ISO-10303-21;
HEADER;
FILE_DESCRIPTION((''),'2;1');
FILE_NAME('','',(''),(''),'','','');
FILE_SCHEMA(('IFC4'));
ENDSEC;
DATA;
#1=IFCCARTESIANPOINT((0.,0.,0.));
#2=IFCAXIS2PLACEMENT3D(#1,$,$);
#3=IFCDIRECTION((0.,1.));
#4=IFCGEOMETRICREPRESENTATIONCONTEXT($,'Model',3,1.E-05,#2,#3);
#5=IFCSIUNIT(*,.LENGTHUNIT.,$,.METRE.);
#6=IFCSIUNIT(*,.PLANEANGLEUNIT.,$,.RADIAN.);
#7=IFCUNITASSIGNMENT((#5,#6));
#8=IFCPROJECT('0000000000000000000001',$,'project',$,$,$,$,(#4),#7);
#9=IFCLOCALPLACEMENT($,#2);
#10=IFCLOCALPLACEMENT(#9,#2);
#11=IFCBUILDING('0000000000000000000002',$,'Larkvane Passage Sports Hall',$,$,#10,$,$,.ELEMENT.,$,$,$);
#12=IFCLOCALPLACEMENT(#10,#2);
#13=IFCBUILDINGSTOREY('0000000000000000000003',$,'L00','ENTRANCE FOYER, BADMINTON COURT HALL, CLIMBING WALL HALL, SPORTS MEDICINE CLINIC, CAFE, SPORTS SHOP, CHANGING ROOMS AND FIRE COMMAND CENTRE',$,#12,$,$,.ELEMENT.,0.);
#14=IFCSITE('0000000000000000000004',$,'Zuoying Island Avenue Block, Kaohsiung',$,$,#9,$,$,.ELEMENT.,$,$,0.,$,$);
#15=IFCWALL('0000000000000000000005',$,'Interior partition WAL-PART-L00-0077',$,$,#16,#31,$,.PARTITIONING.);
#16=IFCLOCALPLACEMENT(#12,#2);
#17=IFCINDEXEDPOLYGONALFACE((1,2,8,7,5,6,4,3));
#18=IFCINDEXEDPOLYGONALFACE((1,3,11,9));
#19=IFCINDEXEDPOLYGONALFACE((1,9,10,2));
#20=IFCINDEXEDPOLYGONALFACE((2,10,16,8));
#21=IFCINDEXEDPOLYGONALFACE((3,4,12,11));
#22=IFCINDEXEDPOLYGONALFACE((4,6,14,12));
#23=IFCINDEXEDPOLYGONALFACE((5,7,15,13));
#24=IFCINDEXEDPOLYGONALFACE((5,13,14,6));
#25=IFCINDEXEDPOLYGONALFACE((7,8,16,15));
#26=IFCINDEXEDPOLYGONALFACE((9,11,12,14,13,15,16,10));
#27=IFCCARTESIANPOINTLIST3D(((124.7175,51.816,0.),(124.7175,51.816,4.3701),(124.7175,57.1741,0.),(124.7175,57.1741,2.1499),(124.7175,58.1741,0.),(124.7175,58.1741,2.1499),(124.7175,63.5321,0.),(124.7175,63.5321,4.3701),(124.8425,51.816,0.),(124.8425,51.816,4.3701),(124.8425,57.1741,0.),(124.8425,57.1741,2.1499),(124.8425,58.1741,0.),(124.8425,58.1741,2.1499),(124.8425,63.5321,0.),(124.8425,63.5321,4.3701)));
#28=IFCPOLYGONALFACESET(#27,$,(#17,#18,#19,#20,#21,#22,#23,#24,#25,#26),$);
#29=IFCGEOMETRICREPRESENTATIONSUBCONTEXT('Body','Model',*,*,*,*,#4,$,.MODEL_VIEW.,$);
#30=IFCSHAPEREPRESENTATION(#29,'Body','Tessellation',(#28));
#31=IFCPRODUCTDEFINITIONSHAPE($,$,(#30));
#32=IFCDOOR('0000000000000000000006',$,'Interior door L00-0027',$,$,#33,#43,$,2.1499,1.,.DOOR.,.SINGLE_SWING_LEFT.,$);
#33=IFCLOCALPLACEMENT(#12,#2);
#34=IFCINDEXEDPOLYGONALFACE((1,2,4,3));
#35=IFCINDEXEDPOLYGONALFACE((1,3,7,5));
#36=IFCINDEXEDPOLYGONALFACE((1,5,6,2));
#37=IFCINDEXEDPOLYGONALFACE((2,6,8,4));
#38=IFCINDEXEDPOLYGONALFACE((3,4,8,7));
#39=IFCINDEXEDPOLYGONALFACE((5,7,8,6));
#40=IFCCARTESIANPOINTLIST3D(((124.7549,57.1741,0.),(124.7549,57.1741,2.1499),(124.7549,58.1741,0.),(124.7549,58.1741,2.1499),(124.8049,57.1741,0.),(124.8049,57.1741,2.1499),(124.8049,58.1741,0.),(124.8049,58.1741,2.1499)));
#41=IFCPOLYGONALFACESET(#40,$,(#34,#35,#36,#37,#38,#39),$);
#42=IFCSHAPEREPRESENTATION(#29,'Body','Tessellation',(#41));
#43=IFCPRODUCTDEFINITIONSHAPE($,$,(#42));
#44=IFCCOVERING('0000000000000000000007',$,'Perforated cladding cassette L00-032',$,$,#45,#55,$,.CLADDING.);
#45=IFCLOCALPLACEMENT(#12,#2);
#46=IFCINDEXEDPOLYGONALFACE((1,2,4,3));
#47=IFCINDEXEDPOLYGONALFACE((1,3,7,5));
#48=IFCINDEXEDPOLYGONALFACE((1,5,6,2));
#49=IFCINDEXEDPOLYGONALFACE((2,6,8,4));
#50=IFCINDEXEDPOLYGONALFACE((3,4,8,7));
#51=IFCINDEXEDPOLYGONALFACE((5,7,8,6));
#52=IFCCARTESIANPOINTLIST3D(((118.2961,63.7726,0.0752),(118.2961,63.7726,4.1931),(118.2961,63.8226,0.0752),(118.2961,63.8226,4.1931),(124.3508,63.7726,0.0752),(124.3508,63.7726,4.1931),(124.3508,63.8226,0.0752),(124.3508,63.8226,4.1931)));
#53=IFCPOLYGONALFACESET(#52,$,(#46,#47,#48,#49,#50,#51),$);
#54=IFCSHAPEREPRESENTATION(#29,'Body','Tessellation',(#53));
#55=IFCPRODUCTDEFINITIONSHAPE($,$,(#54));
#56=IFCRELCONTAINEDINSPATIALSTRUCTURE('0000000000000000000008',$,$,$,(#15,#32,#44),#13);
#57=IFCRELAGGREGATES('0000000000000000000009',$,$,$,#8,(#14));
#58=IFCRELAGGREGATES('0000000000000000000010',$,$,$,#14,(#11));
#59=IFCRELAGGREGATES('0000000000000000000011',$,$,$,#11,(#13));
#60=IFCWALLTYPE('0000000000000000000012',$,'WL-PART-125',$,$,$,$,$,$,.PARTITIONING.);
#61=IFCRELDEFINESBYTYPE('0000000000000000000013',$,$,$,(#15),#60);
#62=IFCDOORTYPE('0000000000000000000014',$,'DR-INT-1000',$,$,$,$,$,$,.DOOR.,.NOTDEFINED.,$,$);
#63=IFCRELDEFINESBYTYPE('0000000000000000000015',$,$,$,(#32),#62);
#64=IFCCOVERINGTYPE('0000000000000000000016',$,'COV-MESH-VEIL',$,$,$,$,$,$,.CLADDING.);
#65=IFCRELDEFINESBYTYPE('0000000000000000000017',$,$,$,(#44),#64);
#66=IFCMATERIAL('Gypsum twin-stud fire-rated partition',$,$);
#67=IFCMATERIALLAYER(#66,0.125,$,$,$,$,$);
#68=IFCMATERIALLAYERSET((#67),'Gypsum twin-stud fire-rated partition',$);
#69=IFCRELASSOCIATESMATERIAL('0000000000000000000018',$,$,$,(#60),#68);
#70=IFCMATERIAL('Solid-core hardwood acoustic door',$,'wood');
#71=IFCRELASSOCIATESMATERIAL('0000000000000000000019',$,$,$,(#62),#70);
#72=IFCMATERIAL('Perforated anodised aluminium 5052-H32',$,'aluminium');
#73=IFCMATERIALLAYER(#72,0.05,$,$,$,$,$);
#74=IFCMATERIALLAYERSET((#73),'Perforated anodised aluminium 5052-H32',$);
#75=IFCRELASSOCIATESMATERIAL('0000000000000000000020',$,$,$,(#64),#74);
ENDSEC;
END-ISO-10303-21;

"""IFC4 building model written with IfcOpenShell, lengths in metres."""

from ifc_helpers import new_model, si_unit, direction, frame, frame_2d, origin, origin_2d, place, context, subcontext, project, spatial, rectangle, extrude, material, layer, layer_set, type_object, element, fill, save


model = new_model("IFC4")

# Units and contexts
model_context = context("Model", 3, precision=1e-05, world=origin(), true_north=direction((0.0, 1.0)))
body_context = subcontext(model_context, "Body", "Model", "MODEL_VIEW")
ifc_project = project(units=[si_unit("LENGTHUNIT", "METRE"), si_unit("PLANEANGLEUNIT", "RADIAN")], contexts=[model_context])

# Site, building, storey
site_placement = place(None, origin())
site = spatial("IfcSite", under=ifc_project, at=site_placement, Name="Zuoying Island Avenue Block, Kaohsiung", CompositionType="ELEMENT", RefElevation=0.0)
building_placement = place(site_placement, origin())
building = spatial("IfcBuilding", under=site, at=building_placement, Name="Larkvane Passage Sports Hall", CompositionType="ELEMENT")
storey_placement = place(building_placement, origin())
storey = spatial("IfcBuildingStorey", under=building, at=storey_placement, Name="L00", Description="ENTRANCE FOYER, BADMINTON COURT HALL, CLIMBING WALL HALL, SPORTS MEDICINE CLINIC, CAFE, SPORTS SHOP, CHANGING ROOMS AND FIRE COMMAND CENTRE", CompositionType="ELEMENT", Elevation=0.0)

# Wall, opening, door
ifc_material_1 = material(Name="Gypsum twin-stud fire-rated partition")
ifc_layer_1 = layer(ifc_material_1, 0.125)
ifc_layer_set_1 = layer_set([ifc_layer_1], Name="Gypsum twin-stud fire-rated partition")
wall_type_1 = type_object("IfcWallType", Name="WL-PART-125", PredefinedType="PARTITIONING", material=ifc_layer_set_1)
wall_1_placement = place(storey_placement, frame((124.78, 63.532, 0.0), z_axis=(0.0, 0.0, 1.0), x_axis=(0.0, -1.0, 0.0)))
wall_1 = element("IfcWall", 1, at=wall_1_placement, inside=storey, type_object=wall_type_1, Name="Interior partition WAL-PART-L00-0077", PredefinedType="PARTITIONING", context=body_context, shape_type="SweptSolid", body=[
    extrude(rectangle(XDim=11.7161, YDim=0.125, at=frame_2d((5.8579, 0.0))), origin(), (0.0, 0.0, 1.0), 4.3701),
])
opening_placement = place(wall_1_placement, frame((5.3579, 0.0, 0.0)))
opening = element("IfcOpeningElement", 2, at=opening_placement, cuts=wall_1, PredefinedType="OPENING", context=body_context, shape_type="SweptSolid", body=[
    extrude(rectangle(XDim=1.0, YDim=2.1499, at=frame_2d((0.5, 1.075))), frame((0.0, 0.0725, 0.0), z_axis=(0.0, -1.0, 0.0), x_axis=(1.0, 0.0, 0.0)), (0.0, 0.0, 1.0), 0.145),
])
ifc_material_2 = material(Name="Solid-core hardwood acoustic door", Category="wood")
door_type = type_object("IfcDoorType", Name="DR-INT-1000", OperationType="NOTDEFINED", PredefinedType="DOOR", material=ifc_material_2)
door_placement = place(opening_placement, origin())
door = element("IfcDoor", 3, at=door_placement, inside=storey, type_object=door_type, Name="Interior door L00-0027", OperationType="SINGLE_SWING_LEFT", OverallHeight=2.1499, OverallWidth=1.0, PredefinedType="DOOR", context=body_context, shape_type="SweptSolid", body=[
    extrude(rectangle(XDim=1.0, YDim=2.1499, at=frame_2d((0.5, 1.075))), frame((0.0, 0.0249, 0.0), z_axis=(0.0, -1.0, 0.0), x_axis=(1.0, 0.0, 0.0)), (0.0, 0.0, 1.0), 0.05),
])
fill(opening, door)

# Covering
ifc_material_3 = material(Name="Perforated anodised aluminium 5052-H32", Category="aluminium")
ifc_layer_2 = layer(ifc_material_3, 0.05)
ifc_layer_set_2 = layer_set([ifc_layer_2], Name="Perforated anodised aluminium 5052-H32")
covering_type = type_object("IfcCoveringType", Name="COV-MESH-VEIL", PredefinedType="CLADDING", material=ifc_layer_set_2)
covering_placement = place(storey_placement, frame((121.3235, 63.7976, 0.0752), z_axis=(0.0, 0.0, 1.0), x_axis=(1.0, 0.0, 0.0)))
element("IfcCovering", 4, at=covering_placement, inside=storey, type_object=covering_type, Name="Perforated cladding cassette L00-032", PredefinedType="CLADDING", context=body_context, shape_type="SweptSolid", body=[
    extrude(rectangle(XDim=6.0547, YDim=0.05, at=origin_2d()), origin(), (0.0, 0.0, 1.0), 4.1179),
])

save(model, "model.ifc")
